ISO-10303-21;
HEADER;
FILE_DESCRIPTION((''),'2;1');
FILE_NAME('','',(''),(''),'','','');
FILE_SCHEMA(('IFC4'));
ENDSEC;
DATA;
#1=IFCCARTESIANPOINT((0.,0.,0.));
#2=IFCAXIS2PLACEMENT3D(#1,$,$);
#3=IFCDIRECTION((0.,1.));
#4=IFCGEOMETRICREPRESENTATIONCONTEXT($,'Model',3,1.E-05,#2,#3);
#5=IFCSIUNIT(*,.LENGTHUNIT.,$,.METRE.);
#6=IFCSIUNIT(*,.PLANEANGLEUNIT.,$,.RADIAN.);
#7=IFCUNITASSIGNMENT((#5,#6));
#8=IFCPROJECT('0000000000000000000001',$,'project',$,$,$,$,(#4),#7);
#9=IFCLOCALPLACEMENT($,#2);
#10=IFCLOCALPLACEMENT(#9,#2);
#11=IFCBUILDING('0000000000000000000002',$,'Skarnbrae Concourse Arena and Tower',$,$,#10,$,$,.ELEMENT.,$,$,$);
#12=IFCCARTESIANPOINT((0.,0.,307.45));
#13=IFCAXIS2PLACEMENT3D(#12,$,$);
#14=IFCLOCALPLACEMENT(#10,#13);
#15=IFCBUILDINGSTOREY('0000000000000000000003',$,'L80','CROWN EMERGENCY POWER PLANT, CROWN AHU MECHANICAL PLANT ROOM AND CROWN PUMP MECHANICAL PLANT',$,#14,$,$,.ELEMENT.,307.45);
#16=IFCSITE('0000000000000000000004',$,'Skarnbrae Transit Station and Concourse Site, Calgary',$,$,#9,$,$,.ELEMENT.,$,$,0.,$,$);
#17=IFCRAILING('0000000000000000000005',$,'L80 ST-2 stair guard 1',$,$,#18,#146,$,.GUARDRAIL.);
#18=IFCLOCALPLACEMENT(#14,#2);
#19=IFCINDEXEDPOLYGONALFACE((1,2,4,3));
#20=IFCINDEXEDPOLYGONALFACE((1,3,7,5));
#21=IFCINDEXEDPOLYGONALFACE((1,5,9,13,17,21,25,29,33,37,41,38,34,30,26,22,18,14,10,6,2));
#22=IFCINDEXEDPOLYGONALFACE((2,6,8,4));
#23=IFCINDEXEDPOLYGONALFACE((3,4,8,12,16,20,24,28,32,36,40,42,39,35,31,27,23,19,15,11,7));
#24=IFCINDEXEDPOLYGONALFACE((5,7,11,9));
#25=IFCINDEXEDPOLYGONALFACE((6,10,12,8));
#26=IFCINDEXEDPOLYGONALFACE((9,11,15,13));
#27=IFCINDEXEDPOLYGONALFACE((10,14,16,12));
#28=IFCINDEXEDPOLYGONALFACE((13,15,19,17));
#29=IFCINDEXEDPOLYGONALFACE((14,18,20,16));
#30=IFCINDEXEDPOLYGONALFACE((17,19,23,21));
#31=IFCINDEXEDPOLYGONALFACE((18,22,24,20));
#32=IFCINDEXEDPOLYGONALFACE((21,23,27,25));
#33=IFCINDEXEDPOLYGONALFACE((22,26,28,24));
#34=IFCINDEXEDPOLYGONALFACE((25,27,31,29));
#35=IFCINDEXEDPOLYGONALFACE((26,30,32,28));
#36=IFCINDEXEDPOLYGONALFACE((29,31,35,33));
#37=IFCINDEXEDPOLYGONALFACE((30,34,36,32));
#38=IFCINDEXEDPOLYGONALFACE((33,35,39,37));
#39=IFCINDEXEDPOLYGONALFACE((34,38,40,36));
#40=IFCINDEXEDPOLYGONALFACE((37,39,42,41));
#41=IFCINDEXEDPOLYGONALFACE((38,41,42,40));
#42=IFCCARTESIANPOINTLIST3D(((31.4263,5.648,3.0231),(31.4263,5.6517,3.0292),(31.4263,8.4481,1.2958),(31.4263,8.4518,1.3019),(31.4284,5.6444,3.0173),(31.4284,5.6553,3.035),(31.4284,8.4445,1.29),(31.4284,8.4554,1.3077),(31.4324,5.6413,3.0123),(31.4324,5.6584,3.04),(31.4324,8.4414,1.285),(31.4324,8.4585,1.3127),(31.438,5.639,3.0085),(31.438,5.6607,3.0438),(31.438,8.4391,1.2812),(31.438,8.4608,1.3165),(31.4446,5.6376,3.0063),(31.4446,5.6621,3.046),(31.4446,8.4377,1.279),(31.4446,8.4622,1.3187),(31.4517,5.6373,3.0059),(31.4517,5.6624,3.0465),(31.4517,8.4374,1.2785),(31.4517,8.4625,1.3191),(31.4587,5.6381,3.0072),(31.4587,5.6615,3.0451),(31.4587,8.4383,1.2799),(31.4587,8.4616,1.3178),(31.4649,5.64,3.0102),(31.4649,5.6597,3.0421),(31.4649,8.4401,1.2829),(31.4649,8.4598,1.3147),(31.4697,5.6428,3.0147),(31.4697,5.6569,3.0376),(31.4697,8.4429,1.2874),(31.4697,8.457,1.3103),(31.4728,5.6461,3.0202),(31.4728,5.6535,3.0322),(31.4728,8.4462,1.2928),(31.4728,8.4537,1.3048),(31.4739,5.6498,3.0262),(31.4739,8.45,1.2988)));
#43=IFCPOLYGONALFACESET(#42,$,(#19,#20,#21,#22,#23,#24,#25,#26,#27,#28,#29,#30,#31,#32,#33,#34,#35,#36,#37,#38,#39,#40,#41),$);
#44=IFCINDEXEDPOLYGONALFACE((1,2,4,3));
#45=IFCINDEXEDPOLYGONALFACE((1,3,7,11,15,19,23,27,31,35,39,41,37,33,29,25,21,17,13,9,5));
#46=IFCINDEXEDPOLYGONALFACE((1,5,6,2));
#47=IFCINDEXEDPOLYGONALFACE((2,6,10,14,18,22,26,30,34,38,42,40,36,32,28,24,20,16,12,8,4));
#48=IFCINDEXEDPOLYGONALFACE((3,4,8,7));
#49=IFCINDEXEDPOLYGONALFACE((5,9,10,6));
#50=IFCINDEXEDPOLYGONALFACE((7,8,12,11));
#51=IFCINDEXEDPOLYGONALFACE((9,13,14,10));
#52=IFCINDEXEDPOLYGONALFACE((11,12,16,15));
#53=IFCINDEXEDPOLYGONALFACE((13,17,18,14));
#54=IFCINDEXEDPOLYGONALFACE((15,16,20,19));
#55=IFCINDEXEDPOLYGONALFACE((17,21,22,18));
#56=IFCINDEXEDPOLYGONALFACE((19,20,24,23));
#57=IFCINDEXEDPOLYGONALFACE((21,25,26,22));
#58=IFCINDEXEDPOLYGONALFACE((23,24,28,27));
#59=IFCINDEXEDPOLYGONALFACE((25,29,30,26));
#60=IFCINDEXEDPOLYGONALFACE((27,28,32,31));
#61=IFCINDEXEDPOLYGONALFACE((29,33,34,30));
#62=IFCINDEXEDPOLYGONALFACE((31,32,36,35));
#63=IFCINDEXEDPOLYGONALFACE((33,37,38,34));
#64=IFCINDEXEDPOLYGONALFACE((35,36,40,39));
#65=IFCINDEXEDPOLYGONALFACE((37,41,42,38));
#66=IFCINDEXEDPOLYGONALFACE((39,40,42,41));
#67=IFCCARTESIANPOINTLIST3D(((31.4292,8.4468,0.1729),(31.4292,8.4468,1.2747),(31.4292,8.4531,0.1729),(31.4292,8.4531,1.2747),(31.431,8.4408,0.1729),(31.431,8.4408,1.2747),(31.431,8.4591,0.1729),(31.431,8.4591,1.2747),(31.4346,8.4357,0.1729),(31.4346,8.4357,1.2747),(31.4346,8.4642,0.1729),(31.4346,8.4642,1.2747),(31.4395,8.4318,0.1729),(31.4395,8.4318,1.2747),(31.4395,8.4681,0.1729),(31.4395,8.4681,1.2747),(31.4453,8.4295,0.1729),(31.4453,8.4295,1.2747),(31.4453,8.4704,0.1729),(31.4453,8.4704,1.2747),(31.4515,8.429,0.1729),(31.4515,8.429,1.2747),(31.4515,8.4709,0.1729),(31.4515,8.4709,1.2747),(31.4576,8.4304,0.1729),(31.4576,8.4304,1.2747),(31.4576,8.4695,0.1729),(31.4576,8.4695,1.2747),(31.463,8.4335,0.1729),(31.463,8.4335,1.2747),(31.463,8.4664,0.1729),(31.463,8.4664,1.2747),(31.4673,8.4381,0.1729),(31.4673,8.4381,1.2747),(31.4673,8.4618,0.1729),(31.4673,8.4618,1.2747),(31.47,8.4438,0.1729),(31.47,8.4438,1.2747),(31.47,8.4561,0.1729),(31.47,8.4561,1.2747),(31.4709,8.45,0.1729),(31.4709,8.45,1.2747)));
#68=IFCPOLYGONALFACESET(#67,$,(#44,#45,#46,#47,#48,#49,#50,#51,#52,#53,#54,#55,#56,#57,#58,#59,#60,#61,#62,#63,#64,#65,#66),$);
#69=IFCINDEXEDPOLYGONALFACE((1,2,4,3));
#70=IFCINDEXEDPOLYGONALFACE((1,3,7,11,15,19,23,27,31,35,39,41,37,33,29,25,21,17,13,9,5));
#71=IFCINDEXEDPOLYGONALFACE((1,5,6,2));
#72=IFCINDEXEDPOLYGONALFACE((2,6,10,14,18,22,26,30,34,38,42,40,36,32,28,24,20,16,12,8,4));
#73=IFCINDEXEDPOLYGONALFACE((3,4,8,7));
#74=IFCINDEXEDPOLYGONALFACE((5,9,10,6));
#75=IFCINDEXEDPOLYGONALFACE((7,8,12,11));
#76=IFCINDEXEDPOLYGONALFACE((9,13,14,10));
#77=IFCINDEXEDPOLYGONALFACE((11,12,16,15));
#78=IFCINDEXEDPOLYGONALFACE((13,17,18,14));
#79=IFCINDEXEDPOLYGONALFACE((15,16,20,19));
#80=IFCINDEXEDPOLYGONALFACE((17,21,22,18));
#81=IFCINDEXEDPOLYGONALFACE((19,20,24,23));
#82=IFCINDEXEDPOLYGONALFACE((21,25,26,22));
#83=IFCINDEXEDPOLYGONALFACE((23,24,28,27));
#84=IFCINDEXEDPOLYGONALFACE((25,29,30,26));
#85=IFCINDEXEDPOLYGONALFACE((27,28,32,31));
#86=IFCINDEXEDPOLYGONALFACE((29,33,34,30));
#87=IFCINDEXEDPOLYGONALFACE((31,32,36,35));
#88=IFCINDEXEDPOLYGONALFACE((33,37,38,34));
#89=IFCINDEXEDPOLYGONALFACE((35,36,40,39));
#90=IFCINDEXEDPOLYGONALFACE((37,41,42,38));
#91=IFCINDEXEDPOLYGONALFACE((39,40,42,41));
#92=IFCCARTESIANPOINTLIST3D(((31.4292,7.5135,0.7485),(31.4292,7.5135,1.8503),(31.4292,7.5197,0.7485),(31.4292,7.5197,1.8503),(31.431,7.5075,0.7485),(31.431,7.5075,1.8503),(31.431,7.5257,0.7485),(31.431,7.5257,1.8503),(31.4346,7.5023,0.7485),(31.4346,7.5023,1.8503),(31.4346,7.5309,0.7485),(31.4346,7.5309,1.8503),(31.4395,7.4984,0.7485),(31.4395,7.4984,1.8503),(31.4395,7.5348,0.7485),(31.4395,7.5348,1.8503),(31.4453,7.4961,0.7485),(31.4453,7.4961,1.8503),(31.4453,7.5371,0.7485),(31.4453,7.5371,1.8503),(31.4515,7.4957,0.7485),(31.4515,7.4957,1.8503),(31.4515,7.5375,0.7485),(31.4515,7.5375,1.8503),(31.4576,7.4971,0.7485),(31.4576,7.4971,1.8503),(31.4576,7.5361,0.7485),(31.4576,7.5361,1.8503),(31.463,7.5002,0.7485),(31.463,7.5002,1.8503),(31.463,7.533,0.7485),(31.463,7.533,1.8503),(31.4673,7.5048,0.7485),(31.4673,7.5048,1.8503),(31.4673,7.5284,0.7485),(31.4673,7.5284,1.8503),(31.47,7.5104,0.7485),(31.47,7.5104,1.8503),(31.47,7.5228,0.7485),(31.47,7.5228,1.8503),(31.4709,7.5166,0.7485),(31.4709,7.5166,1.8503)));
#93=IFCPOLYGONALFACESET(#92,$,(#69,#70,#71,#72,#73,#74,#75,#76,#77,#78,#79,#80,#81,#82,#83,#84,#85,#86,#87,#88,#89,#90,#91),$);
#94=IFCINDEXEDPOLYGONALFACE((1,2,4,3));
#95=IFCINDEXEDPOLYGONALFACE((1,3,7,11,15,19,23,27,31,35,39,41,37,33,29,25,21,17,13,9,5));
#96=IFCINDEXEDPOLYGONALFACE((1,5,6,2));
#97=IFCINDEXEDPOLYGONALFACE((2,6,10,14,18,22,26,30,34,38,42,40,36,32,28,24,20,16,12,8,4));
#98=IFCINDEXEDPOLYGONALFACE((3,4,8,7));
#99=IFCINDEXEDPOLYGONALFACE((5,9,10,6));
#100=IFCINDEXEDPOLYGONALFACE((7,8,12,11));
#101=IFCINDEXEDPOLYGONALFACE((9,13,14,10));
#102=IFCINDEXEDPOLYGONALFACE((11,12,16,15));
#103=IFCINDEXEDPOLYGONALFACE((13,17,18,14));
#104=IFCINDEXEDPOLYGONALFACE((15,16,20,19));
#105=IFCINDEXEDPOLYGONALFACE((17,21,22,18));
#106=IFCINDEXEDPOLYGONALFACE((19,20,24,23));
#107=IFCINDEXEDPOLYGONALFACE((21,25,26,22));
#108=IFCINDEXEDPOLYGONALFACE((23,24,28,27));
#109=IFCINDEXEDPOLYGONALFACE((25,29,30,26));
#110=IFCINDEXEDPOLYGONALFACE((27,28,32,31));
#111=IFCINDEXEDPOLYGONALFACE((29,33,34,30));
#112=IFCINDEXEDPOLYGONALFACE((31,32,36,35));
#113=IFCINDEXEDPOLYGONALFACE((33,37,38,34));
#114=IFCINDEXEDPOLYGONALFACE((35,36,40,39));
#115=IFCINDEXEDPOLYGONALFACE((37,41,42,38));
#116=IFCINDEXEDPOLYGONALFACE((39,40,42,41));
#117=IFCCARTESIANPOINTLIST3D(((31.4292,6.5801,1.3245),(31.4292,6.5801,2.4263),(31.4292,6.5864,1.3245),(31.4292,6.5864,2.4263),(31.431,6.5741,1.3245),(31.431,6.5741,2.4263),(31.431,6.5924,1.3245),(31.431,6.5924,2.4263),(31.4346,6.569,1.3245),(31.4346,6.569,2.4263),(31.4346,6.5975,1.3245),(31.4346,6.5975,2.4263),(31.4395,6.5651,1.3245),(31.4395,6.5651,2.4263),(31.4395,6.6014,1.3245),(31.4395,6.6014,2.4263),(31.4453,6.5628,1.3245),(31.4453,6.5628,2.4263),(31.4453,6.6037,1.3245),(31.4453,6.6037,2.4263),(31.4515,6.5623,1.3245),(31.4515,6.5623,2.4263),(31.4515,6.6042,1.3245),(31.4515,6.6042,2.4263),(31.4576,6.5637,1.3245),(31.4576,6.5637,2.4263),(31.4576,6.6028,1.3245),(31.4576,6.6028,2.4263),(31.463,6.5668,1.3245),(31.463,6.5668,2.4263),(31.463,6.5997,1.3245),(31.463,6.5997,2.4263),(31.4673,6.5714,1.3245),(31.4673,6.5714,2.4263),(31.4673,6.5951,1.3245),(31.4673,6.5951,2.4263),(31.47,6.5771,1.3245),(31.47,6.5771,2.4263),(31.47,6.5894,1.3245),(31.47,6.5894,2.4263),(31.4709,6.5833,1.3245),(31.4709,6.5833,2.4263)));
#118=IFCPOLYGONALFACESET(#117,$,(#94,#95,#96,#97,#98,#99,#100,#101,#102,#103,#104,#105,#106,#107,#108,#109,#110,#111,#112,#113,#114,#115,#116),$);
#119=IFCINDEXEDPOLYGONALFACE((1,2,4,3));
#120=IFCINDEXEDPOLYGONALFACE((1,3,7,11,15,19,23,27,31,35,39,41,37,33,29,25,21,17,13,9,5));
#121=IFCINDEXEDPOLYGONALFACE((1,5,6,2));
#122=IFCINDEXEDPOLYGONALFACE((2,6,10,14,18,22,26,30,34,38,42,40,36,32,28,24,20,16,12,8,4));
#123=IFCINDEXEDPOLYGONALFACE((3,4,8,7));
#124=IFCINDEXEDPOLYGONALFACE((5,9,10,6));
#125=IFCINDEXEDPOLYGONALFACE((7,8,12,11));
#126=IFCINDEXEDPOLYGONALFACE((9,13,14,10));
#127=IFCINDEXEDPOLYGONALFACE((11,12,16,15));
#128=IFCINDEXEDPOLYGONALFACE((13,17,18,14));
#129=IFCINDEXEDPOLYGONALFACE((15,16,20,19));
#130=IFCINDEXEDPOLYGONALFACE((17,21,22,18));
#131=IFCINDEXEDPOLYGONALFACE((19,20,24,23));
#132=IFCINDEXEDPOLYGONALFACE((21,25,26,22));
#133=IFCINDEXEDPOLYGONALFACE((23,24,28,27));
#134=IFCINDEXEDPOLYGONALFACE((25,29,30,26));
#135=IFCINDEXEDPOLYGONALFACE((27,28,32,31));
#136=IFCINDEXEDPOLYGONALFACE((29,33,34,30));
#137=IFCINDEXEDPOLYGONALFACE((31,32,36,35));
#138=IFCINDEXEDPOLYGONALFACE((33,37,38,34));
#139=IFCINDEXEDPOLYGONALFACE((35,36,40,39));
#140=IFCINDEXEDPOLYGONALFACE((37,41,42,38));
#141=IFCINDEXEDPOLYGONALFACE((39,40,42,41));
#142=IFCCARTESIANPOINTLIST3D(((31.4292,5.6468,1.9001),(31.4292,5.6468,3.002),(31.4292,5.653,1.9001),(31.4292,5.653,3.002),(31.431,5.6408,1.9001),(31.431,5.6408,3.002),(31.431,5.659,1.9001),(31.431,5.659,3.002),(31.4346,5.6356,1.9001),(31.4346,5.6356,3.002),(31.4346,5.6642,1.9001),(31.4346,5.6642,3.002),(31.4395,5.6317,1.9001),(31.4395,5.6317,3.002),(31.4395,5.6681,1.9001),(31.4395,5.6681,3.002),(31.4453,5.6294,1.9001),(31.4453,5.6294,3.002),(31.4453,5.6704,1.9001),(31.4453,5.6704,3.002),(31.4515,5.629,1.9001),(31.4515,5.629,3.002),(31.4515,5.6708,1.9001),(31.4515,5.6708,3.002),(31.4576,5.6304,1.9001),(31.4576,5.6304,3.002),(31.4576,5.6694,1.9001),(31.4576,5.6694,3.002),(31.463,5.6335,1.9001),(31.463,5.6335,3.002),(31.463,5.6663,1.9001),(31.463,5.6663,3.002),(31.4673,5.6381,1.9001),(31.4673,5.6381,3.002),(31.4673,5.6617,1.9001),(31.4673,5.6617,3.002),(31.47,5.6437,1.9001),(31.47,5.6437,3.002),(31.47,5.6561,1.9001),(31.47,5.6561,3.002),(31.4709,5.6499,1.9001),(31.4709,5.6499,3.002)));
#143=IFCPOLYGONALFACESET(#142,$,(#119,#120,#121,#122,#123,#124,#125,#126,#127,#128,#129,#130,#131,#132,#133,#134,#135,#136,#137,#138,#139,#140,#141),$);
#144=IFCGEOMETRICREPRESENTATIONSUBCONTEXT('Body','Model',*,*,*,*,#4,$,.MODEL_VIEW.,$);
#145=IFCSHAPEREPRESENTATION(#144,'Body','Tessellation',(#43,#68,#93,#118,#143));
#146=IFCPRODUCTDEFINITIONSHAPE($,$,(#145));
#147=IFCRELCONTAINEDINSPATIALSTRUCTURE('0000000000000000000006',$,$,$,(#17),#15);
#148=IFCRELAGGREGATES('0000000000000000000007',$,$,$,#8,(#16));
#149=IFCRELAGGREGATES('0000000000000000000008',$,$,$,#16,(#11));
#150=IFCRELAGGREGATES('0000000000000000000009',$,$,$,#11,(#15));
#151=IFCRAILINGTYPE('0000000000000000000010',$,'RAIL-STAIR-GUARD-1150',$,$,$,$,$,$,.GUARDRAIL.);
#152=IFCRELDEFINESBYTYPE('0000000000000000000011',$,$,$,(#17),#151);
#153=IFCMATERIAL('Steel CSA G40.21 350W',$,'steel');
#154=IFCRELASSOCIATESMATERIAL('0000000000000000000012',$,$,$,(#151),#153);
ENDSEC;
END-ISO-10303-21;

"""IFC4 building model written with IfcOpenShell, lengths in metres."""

from ifc_helpers import new_model, si_unit, direction, frame, origin, origin_2d, place, context, subcontext, project, spatial, circle, extrude, material, type_object, element, save


model = new_model("IFC4")

# Units and contexts
model_context = context("Model", 3, precision=1e-05, world=origin(), true_north=direction((0.0, 1.0)))
body_context = subcontext(model_context, "Body", "Model", "MODEL_VIEW")
ifc_project = project(units=[si_unit("LENGTHUNIT", "METRE"), si_unit("PLANEANGLEUNIT", "RADIAN")], contexts=[model_context])

# Site, building, storey
site_placement = place(None, origin())
site = spatial("IfcSite", under=ifc_project, at=site_placement, Name="Skarnbrae Transit Station and Concourse Site, Calgary", CompositionType="ELEMENT", RefElevation=0.0)
building_placement = place(site_placement, origin())
building = spatial("IfcBuilding", under=site, at=building_placement, Name="Skarnbrae Concourse Arena and Tower", CompositionType="ELEMENT")
storey_placement = place(building_placement, frame((0.0, 0.0, 307.45)))
storey = spatial("IfcBuildingStorey", under=building, at=storey_placement, Name="L80", Description="CROWN EMERGENCY POWER PLANT, CROWN AHU MECHANICAL PLANT ROOM AND CROWN PUMP MECHANICAL PLANT", CompositionType="ELEMENT", Elevation=307.45)

# Shared definitions
ifc_material_1 = material(Name="Steel CSA G40.21 350W", Category="steel")

# Railing
railing_type_1 = type_object("IfcRailingType", Name="RAIL-STAIR-GUARD-1150", PredefinedType="GUARDRAIL", material=ifc_material_1)
railing_1_placement = place(storey_placement, frame((31.45, 8.45, 0.1729)))
element("IfcRailing", 1, at=railing_1_placement, inside=storey, type_object=railing_type_1, Name="L80 ST-2 stair guard 1", PredefinedType="GUARDRAIL", context=body_context, shape_type="SweptSolid", body=[
    extrude(circle(Radius=0.0239, at=origin_2d()), frame((0.0, 0.0, 1.126), z_axis=(0.0, -0.85109, 0.52502), x_axis=(1.0, 0.0, 0.0)), (0.0, 0.0, 1.0), 3.29),
    extrude(circle(Radius=0.021, at=origin_2d()), origin(), (0.0, 0.0, 1.0), 1.1018),
    extrude(circle(Radius=0.021, at=origin_2d()), frame((0.0, -0.9333, 0.5757)), (0.0, 0.0, 1.0), 1.1018),
    extrude(circle(Radius=0.021, at=origin_2d()), frame((0.0, -1.8667, 1.1516)), (0.0, 0.0, 1.0), 1.1018),
    extrude(circle(Radius=0.021, at=origin_2d()), frame((0.0, -2.8, 1.7273)), (0.0, 0.0, 1.0), 1.1018),
])

save(model, "model.ifc")
